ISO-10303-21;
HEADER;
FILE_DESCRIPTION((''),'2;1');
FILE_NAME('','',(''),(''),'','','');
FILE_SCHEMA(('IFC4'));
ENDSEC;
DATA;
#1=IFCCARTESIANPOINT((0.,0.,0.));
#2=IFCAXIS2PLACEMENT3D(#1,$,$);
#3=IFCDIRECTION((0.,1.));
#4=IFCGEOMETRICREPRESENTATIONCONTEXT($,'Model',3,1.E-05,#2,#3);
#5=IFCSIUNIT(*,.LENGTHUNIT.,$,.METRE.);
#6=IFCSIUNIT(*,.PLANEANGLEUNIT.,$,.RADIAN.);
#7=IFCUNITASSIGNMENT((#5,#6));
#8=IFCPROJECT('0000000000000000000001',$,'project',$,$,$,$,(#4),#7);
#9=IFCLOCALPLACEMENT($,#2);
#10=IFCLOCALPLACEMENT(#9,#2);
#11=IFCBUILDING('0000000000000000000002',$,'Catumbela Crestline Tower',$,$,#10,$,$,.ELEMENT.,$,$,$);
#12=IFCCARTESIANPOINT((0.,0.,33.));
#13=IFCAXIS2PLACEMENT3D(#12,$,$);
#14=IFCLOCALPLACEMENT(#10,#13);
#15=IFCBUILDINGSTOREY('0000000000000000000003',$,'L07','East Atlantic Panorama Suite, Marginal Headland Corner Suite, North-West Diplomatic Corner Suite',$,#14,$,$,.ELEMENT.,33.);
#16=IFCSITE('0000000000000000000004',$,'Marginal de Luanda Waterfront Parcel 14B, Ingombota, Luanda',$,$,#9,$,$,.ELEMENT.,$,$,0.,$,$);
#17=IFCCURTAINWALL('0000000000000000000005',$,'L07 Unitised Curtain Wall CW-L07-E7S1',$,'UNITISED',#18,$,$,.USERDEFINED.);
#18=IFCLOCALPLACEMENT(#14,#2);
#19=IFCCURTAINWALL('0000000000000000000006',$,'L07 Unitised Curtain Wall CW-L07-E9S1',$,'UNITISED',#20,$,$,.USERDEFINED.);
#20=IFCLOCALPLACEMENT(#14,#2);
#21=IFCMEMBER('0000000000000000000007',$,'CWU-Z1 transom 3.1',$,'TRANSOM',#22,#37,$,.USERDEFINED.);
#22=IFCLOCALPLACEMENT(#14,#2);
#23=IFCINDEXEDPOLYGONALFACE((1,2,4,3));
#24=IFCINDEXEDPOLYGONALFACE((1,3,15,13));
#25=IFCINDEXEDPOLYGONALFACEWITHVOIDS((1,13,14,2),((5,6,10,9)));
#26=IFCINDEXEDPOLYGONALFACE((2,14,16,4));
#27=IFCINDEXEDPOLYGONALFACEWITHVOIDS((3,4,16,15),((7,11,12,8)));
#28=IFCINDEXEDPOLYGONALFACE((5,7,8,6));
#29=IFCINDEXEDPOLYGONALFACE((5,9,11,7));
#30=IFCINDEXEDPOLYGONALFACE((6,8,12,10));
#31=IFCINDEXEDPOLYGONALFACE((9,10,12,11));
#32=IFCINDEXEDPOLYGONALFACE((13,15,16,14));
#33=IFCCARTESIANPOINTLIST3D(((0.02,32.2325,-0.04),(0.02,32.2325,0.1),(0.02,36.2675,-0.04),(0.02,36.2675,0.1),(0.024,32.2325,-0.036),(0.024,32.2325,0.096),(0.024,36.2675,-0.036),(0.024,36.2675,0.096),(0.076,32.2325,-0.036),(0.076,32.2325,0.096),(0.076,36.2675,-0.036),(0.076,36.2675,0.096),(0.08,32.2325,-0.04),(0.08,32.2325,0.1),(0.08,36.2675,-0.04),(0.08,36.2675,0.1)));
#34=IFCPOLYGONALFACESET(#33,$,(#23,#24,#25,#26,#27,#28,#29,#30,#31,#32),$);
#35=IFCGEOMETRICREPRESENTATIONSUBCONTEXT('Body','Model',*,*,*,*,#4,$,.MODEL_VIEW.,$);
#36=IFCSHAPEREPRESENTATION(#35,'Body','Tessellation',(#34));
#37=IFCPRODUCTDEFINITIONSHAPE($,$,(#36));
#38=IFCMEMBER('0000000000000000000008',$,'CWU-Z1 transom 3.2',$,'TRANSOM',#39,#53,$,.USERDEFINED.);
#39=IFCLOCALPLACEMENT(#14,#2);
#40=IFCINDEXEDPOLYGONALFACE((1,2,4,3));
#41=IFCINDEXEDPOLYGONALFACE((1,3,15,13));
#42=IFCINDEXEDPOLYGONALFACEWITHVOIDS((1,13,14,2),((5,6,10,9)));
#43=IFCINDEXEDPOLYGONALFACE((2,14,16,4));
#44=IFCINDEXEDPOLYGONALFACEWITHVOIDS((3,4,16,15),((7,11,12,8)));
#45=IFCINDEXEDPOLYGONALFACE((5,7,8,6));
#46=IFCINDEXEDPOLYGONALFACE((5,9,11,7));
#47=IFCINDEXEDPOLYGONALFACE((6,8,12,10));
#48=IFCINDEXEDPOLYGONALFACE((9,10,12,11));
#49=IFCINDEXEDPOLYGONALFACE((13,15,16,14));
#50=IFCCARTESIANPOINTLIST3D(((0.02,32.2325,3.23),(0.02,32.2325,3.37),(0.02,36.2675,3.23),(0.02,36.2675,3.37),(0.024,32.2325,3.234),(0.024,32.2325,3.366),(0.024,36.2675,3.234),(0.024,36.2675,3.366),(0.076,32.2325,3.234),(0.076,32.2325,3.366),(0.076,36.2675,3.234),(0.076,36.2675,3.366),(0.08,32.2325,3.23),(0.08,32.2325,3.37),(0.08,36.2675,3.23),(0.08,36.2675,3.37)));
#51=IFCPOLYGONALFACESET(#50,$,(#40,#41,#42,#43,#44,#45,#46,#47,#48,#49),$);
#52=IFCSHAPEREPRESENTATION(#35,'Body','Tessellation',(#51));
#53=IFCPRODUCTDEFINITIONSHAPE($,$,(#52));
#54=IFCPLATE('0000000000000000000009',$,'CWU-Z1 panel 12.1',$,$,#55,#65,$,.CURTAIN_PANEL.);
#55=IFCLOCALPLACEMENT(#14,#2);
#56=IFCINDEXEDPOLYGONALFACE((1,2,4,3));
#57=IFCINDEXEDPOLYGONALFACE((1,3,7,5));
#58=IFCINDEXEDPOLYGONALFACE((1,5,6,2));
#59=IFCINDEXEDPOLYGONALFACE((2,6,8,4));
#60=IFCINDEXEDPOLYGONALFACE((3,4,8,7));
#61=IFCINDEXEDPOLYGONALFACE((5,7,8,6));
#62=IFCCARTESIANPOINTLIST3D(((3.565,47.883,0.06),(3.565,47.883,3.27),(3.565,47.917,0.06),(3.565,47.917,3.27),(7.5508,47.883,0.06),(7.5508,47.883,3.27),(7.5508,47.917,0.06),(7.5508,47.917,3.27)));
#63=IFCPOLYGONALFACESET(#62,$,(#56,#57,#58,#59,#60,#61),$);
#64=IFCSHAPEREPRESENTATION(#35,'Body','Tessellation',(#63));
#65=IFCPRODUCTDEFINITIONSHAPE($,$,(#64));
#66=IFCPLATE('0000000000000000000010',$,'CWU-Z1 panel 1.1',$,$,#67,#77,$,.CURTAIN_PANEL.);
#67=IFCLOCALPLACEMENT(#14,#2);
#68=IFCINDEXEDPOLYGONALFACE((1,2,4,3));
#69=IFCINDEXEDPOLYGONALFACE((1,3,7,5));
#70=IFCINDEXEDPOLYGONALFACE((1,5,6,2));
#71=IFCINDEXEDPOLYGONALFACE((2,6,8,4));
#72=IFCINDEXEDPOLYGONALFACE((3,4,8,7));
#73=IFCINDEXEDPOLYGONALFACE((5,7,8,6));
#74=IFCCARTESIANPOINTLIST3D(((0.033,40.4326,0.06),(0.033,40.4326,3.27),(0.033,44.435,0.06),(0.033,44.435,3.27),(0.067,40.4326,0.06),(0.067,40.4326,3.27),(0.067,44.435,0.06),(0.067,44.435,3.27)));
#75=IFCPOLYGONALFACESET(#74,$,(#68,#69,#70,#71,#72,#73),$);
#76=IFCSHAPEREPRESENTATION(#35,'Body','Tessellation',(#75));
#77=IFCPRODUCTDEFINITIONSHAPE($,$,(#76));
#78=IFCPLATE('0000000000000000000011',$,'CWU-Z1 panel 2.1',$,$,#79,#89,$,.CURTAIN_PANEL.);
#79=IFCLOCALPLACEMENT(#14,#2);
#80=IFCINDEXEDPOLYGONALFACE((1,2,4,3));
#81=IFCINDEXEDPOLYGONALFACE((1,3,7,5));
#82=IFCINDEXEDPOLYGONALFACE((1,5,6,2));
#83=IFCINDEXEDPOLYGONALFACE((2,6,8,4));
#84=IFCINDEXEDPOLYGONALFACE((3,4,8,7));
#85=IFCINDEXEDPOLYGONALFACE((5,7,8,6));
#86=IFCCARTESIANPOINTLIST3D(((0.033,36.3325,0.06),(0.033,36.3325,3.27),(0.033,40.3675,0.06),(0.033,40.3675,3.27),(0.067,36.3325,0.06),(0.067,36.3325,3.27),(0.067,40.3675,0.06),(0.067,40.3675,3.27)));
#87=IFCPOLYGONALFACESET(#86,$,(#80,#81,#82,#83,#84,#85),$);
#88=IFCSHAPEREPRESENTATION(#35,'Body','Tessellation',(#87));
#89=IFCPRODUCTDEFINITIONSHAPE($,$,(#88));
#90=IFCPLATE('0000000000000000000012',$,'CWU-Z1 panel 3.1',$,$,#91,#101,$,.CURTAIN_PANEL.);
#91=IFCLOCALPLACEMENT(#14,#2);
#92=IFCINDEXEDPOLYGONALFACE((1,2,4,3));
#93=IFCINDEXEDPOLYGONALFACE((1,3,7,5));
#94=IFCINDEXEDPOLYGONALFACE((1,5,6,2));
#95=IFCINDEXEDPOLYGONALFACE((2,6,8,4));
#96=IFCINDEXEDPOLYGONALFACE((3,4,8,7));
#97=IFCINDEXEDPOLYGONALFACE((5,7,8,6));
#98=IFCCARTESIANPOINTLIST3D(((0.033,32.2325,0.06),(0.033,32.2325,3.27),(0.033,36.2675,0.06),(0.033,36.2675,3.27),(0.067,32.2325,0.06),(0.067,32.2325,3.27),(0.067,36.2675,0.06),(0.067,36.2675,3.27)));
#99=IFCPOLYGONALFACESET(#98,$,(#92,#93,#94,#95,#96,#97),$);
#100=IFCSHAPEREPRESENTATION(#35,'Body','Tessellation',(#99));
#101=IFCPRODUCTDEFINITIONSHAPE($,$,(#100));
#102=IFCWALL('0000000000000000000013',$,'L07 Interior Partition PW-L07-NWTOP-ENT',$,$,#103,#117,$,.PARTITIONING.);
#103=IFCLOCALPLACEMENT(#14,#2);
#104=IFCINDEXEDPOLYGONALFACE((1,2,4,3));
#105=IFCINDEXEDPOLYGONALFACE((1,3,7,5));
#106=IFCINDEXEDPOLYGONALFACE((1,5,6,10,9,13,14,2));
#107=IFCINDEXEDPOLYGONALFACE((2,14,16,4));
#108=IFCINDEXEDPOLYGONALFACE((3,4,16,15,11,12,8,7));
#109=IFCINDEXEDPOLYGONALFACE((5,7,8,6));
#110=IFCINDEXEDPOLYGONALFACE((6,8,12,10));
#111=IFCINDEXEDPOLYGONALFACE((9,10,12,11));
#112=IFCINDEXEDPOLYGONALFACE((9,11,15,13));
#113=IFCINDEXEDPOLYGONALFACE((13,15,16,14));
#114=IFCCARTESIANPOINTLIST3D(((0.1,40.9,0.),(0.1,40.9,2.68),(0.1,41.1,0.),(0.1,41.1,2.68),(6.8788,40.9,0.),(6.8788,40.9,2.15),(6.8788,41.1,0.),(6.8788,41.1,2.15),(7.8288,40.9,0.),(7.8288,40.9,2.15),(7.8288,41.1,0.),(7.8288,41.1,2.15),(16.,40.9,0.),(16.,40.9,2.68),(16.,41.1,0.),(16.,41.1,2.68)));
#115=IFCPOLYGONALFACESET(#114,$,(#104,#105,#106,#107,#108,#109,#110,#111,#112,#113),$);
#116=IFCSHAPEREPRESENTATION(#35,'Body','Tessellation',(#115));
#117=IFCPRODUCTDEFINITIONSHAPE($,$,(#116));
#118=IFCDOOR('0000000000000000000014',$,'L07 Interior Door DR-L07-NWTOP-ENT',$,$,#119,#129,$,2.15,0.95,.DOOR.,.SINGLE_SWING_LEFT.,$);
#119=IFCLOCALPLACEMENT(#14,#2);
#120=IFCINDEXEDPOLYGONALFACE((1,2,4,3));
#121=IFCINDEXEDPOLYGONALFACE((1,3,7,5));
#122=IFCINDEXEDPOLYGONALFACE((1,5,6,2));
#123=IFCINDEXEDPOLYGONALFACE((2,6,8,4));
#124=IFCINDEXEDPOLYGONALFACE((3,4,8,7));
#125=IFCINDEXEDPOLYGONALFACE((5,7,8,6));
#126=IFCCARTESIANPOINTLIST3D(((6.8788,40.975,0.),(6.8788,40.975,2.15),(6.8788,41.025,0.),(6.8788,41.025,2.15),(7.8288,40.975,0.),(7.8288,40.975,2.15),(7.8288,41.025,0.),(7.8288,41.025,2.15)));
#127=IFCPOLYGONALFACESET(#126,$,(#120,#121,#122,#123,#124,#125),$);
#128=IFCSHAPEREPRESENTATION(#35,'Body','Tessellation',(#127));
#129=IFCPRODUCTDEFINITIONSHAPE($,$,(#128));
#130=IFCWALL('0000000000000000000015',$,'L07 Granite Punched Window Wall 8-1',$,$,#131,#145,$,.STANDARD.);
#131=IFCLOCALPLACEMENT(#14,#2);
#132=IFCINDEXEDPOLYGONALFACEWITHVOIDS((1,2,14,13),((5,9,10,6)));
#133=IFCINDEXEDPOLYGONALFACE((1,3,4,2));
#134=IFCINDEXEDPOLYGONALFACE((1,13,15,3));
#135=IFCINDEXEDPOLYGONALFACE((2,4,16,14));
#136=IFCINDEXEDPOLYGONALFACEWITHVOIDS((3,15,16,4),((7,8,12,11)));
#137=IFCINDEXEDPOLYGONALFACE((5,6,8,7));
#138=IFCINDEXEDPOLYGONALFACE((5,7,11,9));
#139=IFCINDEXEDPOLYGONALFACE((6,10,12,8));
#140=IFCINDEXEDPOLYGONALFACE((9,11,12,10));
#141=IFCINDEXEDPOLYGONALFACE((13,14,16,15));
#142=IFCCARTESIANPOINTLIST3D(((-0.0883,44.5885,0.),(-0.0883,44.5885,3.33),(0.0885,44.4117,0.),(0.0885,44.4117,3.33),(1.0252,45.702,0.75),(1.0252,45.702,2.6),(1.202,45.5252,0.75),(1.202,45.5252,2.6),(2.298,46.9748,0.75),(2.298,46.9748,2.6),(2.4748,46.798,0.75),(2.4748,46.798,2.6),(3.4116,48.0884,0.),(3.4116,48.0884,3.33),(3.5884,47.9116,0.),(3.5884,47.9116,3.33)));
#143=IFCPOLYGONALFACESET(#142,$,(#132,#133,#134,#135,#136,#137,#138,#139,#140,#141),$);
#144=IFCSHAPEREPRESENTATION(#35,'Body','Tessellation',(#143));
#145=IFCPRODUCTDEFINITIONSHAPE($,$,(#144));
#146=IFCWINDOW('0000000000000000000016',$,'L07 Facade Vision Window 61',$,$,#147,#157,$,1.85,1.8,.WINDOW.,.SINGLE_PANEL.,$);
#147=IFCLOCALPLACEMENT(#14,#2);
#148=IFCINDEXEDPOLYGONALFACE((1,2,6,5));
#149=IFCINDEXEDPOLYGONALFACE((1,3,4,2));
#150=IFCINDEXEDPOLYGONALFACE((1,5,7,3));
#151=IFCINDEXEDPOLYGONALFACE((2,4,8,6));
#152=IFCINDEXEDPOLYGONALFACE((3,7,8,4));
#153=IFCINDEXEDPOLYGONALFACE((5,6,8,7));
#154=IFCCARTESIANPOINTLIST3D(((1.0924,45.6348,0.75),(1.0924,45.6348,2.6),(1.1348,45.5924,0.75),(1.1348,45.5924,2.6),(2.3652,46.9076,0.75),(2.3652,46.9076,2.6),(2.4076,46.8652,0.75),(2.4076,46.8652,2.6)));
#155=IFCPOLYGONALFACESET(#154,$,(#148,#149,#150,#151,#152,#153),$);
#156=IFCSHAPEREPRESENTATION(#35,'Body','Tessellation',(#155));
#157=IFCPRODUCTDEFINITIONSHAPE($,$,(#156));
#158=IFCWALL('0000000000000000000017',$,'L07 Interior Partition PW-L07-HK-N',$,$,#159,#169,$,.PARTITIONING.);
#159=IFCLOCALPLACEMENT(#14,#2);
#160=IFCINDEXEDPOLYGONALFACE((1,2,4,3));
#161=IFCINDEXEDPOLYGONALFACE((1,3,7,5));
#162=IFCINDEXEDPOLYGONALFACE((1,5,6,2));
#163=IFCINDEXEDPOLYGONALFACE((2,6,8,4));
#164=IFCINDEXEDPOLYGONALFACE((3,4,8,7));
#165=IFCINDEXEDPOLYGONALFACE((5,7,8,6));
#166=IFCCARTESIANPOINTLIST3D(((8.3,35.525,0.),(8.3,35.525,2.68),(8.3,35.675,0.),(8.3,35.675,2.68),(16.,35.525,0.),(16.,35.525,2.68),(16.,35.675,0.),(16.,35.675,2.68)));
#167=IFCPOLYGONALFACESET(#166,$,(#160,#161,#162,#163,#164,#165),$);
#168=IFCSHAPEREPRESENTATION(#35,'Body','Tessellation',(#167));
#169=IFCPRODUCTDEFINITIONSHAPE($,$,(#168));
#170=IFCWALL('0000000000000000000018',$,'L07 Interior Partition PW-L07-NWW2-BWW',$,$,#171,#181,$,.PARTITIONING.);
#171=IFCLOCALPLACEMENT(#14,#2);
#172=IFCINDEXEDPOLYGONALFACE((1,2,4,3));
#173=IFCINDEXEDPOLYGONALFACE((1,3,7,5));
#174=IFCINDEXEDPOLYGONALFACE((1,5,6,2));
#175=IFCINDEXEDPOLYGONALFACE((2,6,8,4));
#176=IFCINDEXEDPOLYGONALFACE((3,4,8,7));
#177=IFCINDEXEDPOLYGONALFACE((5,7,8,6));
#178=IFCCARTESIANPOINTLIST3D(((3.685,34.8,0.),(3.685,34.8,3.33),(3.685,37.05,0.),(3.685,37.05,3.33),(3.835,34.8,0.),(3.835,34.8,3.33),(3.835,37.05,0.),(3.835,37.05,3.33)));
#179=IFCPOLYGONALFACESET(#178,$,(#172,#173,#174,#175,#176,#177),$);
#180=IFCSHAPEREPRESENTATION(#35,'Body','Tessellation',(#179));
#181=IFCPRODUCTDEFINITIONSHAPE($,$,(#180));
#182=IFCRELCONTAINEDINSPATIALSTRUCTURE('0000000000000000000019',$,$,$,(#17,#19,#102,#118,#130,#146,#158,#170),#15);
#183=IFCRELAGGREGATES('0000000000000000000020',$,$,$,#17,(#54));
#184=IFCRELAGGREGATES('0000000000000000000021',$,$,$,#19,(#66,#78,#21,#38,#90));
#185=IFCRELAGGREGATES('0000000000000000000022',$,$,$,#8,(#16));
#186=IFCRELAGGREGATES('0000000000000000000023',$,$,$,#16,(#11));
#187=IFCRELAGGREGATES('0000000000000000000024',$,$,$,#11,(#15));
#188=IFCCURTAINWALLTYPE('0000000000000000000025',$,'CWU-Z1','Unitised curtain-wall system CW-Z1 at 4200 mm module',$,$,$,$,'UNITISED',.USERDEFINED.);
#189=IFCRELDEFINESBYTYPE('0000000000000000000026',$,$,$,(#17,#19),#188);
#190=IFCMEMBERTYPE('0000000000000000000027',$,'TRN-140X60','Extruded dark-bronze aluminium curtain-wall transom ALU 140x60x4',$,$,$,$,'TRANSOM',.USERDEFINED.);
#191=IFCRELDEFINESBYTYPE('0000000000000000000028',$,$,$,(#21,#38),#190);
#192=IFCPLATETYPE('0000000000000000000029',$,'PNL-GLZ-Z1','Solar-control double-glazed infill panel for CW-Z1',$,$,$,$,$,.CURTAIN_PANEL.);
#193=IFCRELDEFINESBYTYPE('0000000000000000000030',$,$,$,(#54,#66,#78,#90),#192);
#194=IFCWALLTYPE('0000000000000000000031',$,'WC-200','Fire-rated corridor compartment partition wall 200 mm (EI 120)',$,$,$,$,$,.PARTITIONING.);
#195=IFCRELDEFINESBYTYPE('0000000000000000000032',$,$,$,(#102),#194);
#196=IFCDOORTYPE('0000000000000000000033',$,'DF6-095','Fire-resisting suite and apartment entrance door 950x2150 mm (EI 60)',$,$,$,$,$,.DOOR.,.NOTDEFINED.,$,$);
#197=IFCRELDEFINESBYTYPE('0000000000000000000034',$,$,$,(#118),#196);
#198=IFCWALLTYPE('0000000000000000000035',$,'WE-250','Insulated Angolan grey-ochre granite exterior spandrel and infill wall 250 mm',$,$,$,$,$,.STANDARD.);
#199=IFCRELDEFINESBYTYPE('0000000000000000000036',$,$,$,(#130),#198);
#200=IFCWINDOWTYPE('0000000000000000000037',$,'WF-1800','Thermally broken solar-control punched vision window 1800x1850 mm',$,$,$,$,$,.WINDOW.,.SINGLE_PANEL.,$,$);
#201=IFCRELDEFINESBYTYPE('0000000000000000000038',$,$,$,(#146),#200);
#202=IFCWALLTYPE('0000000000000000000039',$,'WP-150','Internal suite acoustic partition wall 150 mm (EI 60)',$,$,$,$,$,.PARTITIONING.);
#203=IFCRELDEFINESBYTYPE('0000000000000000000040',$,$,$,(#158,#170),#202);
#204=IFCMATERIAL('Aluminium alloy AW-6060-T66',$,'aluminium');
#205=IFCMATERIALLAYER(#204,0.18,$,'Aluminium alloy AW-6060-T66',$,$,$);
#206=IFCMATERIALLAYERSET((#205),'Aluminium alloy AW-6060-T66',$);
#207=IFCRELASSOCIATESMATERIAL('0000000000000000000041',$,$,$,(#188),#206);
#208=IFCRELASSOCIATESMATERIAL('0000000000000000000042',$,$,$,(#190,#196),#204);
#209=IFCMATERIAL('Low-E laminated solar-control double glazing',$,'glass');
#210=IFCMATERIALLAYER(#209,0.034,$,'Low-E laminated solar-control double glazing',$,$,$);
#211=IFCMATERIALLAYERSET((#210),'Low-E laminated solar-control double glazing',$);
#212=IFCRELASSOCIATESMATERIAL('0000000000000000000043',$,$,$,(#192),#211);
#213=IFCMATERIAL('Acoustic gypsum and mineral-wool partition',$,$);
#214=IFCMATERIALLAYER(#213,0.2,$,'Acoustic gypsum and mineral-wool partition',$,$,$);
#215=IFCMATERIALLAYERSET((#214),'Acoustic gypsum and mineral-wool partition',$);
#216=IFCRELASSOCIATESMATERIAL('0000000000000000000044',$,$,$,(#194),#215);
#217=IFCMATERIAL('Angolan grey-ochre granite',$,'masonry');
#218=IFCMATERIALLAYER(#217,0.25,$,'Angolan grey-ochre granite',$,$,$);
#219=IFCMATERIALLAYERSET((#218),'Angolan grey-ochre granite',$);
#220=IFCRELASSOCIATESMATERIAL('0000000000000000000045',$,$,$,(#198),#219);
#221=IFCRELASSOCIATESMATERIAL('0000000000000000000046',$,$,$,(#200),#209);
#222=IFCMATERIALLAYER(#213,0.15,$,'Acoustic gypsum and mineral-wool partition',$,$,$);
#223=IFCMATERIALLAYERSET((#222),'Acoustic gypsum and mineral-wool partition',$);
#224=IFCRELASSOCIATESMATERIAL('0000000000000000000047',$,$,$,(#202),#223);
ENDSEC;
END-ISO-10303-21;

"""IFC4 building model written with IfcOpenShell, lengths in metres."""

from ifc_helpers import new_model, si_unit, direction, frame, frame_2d, origin, origin_2d, place, context, subcontext, project, spatial, rectangle, hollow_rectangle, extrude, material, layer, layer_set, material_profile, profile_set, type_object, element, fill, aggregate, save


model = new_model("IFC4")

# Units and contexts
model_context = context("Model", 3, precision=1e-05, world=origin(), true_north=direction((0.0, 1.0)))
body_context = subcontext(model_context, "Body", "Model", "MODEL_VIEW")
ifc_project = project(units=[si_unit("LENGTHUNIT", "METRE"), si_unit("PLANEANGLEUNIT", "RADIAN")], contexts=[model_context])

# Site, building, storey
site_placement = place(None, origin())
site = spatial("IfcSite", under=ifc_project, at=site_placement, Name="Marginal de Luanda Waterfront Parcel 14B, Ingombota, Luanda", CompositionType="ELEMENT", RefElevation=0.0)
building_placement = place(site_placement, origin())
building = spatial("IfcBuilding", under=site, at=building_placement, Name="Catumbela Crestline Tower", CompositionType="ELEMENT")
storey_placement = place(building_placement, frame((0.0, 0.0, 33.0)))
storey = spatial("IfcBuildingStorey", under=building, at=storey_placement, Name="L07", Description="East Atlantic Panorama Suite, Marginal Headland Corner Suite, North-West Diplomatic Corner Suite", CompositionType="ELEMENT", Elevation=33.0)

# Curtain walls
ifc_material_1 = material(Name="Aluminium alloy AW-6060-T66", Category="aluminium")
ifc_layer_1 = layer(ifc_material_1, 0.18, Name="Aluminium alloy AW-6060-T66")
ifc_layer_set_1 = layer_set([ifc_layer_1], Name="Aluminium alloy AW-6060-T66")
curtain_wall_type = type_object("IfcCurtainWallType", Name="CWU-Z1", Description="Unitised curtain-wall system CW-Z1 at 4200 mm module", ElementType="UNITISED", PredefinedType="USERDEFINED", material=ifc_layer_set_1)
curtain_wall_1_placement = place(storey_placement, origin())
curtain_wall_1 = element("IfcCurtainWall", 1, at=curtain_wall_1_placement, inside=storey, type_object=curtain_wall_type, Name="L07 Unitised Curtain Wall CW-L07-E7S1", ObjectType="UNITISED", PredefinedType="USERDEFINED")
curtain_wall_2_placement = place(storey_placement, origin())
curtain_wall_2 = element("IfcCurtainWall", 2, at=curtain_wall_2_placement, inside=storey, type_object=curtain_wall_type, Name="L07 Unitised Curtain Wall CW-L07-E9S1", ObjectType="UNITISED", PredefinedType="USERDEFINED")

# Members
ifc_material_profile_1 = material_profile(ifc_material_1, hollow_rectangle(XDim=0.06, YDim=0.14, WallThickness=0.004, at=origin_2d()), Name="ALU 140x60x4")
ifc_profile_set_1 = profile_set([ifc_material_profile_1], Name="Aluminium alloy AW-6060-T66")
member_type_1 = type_object("IfcMemberType", Name="TRN-140X60", Description="Extruded dark-bronze aluminium curtain-wall transom ALU 140x60x4", ElementType="TRANSOM", PredefinedType="USERDEFINED", material=ifc_profile_set_1)
member_1_placement = place(storey_placement, frame((0.05, 36.2675, 0.03), z_axis=(0.0, -1.0, 0.0), x_axis=(1.0, 0.0, 0.0)))
member_1 = element("IfcMember", 3, at=member_1_placement, type_object=member_type_1, Name="CWU-Z1 transom 3.1", ObjectType="TRANSOM", PredefinedType="USERDEFINED", context=body_context, shape_type="SweptSolid", body=[
    extrude(hollow_rectangle(XDim=0.06, YDim=0.14, WallThickness=0.004, at=origin_2d()), origin(), (0.0, 0.0, 1.0), 4.035),
])
member_2_placement = place(storey_placement, frame((0.05, 36.2675, 3.3), z_axis=(0.0, -1.0, 0.0), x_axis=(1.0, 0.0, 0.0)))
member_2 = element("IfcMember", 4, at=member_2_placement, type_object=member_type_1, Name="CWU-Z1 transom 3.2", ObjectType="TRANSOM", PredefinedType="USERDEFINED", context=body_context, shape_type="SweptSolid", body=[
    extrude(hollow_rectangle(XDim=0.06, YDim=0.14, WallThickness=0.004, at=origin_2d()), origin(), (0.0, 0.0, 1.0), 4.035),
])

# Plates
ifc_material_2 = material(Name="Low-E laminated solar-control double glazing", Category="glass")
ifc_layer_2 = layer(ifc_material_2, 0.034, Name="Low-E laminated solar-control double glazing")
ifc_layer_set_2 = layer_set([ifc_layer_2], Name="Low-E laminated solar-control double glazing")
plate_type = type_object("IfcPlateType", Name="PNL-GLZ-Z1", Description="Solar-control double-glazed infill panel for CW-Z1", PredefinedType="CURTAIN_PANEL", material=ifc_layer_set_2)
plate_1_placement = place(storey_placement, frame((5.5579, 47.9, 0.06), z_axis=(0.0, 0.0, 1.0), x_axis=(-1.0, 0.0, 0.0)))
plate_1 = element("IfcPlate", 5, at=plate_1_placement, type_object=plate_type, Name="CWU-Z1 panel 12.1", PredefinedType="CURTAIN_PANEL", context=body_context, shape_type="SweptSolid", body=[
    extrude(rectangle(XDim=3.9858, YDim=0.034, at=origin_2d()), origin(), (0.0, 0.0, 1.0), 3.21),
])
aggregate(curtain_wall_1, [plate_1])
plate_2_placement = place(storey_placement, frame((0.05, 42.4338, 0.06), z_axis=(0.0, 0.0, 1.0), x_axis=(0.0, -1.0, 0.0)))
plate_2 = element("IfcPlate", 6, at=plate_2_placement, type_object=plate_type, Name="CWU-Z1 panel 1.1", PredefinedType="CURTAIN_PANEL", context=body_context, shape_type="SweptSolid", body=[
    extrude(rectangle(XDim=4.0025, YDim=0.034, at=origin_2d()), origin(), (0.0, 0.0, 1.0), 3.21),
])
plate_3_placement = place(storey_placement, frame((0.05, 38.35, 0.06), z_axis=(0.0, 0.0, 1.0), x_axis=(0.0, -1.0, 0.0)))
plate_3 = element("IfcPlate", 7, at=plate_3_placement, type_object=plate_type, Name="CWU-Z1 panel 2.1", PredefinedType="CURTAIN_PANEL", context=body_context, shape_type="SweptSolid", body=[
    extrude(rectangle(XDim=4.035, YDim=0.034, at=origin_2d()), origin(), (0.0, 0.0, 1.0), 3.21),
])
plate_4_placement = place(storey_placement, frame((0.05, 34.25, 0.06), z_axis=(0.0, 0.0, 1.0), x_axis=(0.0, -1.0, 0.0)))
plate_4 = element("IfcPlate", 8, at=plate_4_placement, type_object=plate_type, Name="CWU-Z1 panel 3.1", PredefinedType="CURTAIN_PANEL", context=body_context, shape_type="SweptSolid", body=[
    extrude(rectangle(XDim=4.035, YDim=0.034, at=origin_2d()), origin(), (0.0, 0.0, 1.0), 3.21),
])
aggregate(curtain_wall_2, [plate_2, plate_3, member_1, member_2, plate_4])

# Wall, opening, door
ifc_material_3 = material(Name="Acoustic gypsum and mineral-wool partition")
ifc_layer_3 = layer(ifc_material_3, 0.2, Name="Acoustic gypsum and mineral-wool partition")
ifc_layer_set_3 = layer_set([ifc_layer_3], Name="Acoustic gypsum and mineral-wool partition")
wall_type_1 = type_object("IfcWallType", Name="WC-200", Description="Fire-rated corridor compartment partition wall 200 mm (EI 120)", PredefinedType="PARTITIONING", material=ifc_layer_set_3)
wall_1_placement = place(storey_placement, frame((0.1, 41.0, 0.0), z_axis=(0.0, 0.0, 1.0), x_axis=(1.0, 0.0, 0.0)))
wall_1 = element("IfcWall", 9, at=wall_1_placement, inside=storey, type_object=wall_type_1, Name="L07 Interior Partition PW-L07-NWTOP-ENT", PredefinedType="PARTITIONING", context=body_context, shape_type="SweptSolid", body=[
    extrude(rectangle(XDim=15.9, YDim=0.2, at=frame_2d((7.95, 0.0))), origin(), (0.0, 0.0, 1.0), 2.68),
])
opening_1_placement = place(wall_1_placement, frame((6.7788, 0.0, 0.0)))
opening_1 = element("IfcOpeningElement", 10, at=opening_1_placement, cuts=wall_1, PredefinedType="OPENING", context=body_context, shape_type="SweptSolid", body=[
    extrude(rectangle(XDim=0.95, YDim=2.15, at=frame_2d((0.475, 1.075))), frame((0.0, 0.11, 0.0), z_axis=(0.0, -1.0, 0.0), x_axis=(1.0, 0.0, 0.0)), (0.0, 0.0, 1.0), 0.22),
])
door_type_1 = type_object("IfcDoorType", Name="DF6-095", Description="Fire-resisting suite and apartment entrance door 950x2150 mm (EI 60)", OperationType="NOTDEFINED", PredefinedType="DOOR", material=ifc_material_1)
door_1_placement = place(opening_1_placement, origin())
door_1 = element("IfcDoor", 11, at=door_1_placement, inside=storey, type_object=door_type_1, Name="L07 Interior Door DR-L07-NWTOP-ENT", OperationType="SINGLE_SWING_LEFT", OverallHeight=2.15, OverallWidth=0.95, PredefinedType="DOOR", context=body_context, shape_type="SweptSolid", body=[
    extrude(rectangle(XDim=0.95, YDim=2.15, at=frame_2d((0.475, 1.075))), frame((0.0, 0.025, 0.0), z_axis=(0.0, -1.0, 0.0), x_axis=(1.0, 0.0, 0.0)), (0.0, 0.0, 1.0), 0.05),
])
fill(opening_1, door_1)

# Wall, opening, window
ifc_material_4 = material(Name="Angolan grey-ochre granite", Category="masonry")
ifc_layer_4 = layer(ifc_material_4, 0.25, Name="Angolan grey-ochre granite")
ifc_layer_set_4 = layer_set([ifc_layer_4], Name="Angolan grey-ochre granite")
wall_type_2 = type_object("IfcWallType", Name="WE-250", Description="Insulated Angolan grey-ochre granite exterior spandrel and infill wall 250 mm", PredefinedType="STANDARD", material=ifc_layer_set_4)
wall_2_placement = place(storey_placement, frame((3.5, 48.0, 0.0), z_axis=(0.0, 0.0, 1.0), x_axis=(-0.707107, -0.707107, 0.0)))
wall_2 = element("IfcWall", 12, at=wall_2_placement, inside=storey, type_object=wall_type_2, Name="L07 Granite Punched Window Wall 8-1", PredefinedType="STANDARD", context=body_context, shape_type="SweptSolid", body=[
    extrude(rectangle(XDim=4.9497, YDim=0.25, at=frame_2d((2.4748, 0.0))), origin(), (0.0, 0.0, 1.0), 3.33),
])
opening_2_placement = place(wall_2_placement, frame((1.5749, 0.0, 0.75)))
opening_2 = element("IfcOpeningElement", 13, at=opening_2_placement, cuts=wall_2, PredefinedType="OPENING", context=body_context, shape_type="SweptSolid", body=[
    extrude(rectangle(XDim=1.8, YDim=1.85, at=frame_2d((0.9, 0.925))), frame((0.0, 0.135, 0.0), z_axis=(0.0, -1.0, 0.0), x_axis=(1.0, 0.0, 0.0)), (0.0, 0.0, 1.0), 0.27),
])
window_type = type_object("IfcWindowType", Name="WF-1800", Description="Thermally broken solar-control punched vision window 1800x1850 mm", PartitioningType="SINGLE_PANEL", PredefinedType="WINDOW", material=ifc_material_2)
window_placement = place(opening_2_placement, origin())
window = element("IfcWindow", 14, at=window_placement, inside=storey, type_object=window_type, Name="L07 Facade Vision Window 61", OverallHeight=1.85, OverallWidth=1.8, PartitioningType="SINGLE_PANEL", PredefinedType="WINDOW", context=body_context, shape_type="SweptSolid", body=[
    extrude(rectangle(XDim=1.8, YDim=1.85, at=frame_2d((0.9, 0.925))), frame((0.0, 0.03, 0.0), z_axis=(0.0, -1.0, 0.0), x_axis=(1.0, 0.0, 0.0)), (0.0, 0.0, 1.0), 0.06),
])
fill(opening_2, window)

# Walls
ifc_layer_5 = layer(ifc_material_3, 0.15, Name="Acoustic gypsum and mineral-wool partition")
ifc_layer_set_5 = layer_set([ifc_layer_5], Name="Acoustic gypsum and mineral-wool partition")
wall_type_3 = type_object("IfcWallType", Name="WP-150", Description="Internal suite acoustic partition wall 150 mm (EI 60)", PredefinedType="PARTITIONING", material=ifc_layer_set_5)
wall_3_placement = place(storey_placement, frame((8.3, 35.6, 0.0), z_axis=(0.0, 0.0, 1.0), x_axis=(1.0, 0.0, 0.0)))
element("IfcWall", 15, at=wall_3_placement, inside=storey, type_object=wall_type_3, Name="L07 Interior Partition PW-L07-HK-N", PredefinedType="PARTITIONING", context=body_context, shape_type="SweptSolid", body=[
    extrude(rectangle(XDim=7.7, YDim=0.15, at=frame_2d((3.85, 0.0))), origin(), (0.0, 0.0, 1.0), 2.68),
])
wall_4_placement = place(storey_placement, frame((3.76, 34.8, 0.0), z_axis=(0.0, 0.0, 1.0), x_axis=(0.0, 1.0, 0.0)))
element("IfcWall", 16, at=wall_4_placement, inside=storey, type_object=wall_type_3, Name="L07 Interior Partition PW-L07-NWW2-BWW", PredefinedType="PARTITIONING", context=body_context, shape_type="SweptSolid", body=[
    extrude(rectangle(XDim=2.25, YDim=0.15, at=frame_2d((1.125, 0.0))), origin(), (0.0, 0.0, 1.0), 3.33),
])

save(model, "model.ifc")
